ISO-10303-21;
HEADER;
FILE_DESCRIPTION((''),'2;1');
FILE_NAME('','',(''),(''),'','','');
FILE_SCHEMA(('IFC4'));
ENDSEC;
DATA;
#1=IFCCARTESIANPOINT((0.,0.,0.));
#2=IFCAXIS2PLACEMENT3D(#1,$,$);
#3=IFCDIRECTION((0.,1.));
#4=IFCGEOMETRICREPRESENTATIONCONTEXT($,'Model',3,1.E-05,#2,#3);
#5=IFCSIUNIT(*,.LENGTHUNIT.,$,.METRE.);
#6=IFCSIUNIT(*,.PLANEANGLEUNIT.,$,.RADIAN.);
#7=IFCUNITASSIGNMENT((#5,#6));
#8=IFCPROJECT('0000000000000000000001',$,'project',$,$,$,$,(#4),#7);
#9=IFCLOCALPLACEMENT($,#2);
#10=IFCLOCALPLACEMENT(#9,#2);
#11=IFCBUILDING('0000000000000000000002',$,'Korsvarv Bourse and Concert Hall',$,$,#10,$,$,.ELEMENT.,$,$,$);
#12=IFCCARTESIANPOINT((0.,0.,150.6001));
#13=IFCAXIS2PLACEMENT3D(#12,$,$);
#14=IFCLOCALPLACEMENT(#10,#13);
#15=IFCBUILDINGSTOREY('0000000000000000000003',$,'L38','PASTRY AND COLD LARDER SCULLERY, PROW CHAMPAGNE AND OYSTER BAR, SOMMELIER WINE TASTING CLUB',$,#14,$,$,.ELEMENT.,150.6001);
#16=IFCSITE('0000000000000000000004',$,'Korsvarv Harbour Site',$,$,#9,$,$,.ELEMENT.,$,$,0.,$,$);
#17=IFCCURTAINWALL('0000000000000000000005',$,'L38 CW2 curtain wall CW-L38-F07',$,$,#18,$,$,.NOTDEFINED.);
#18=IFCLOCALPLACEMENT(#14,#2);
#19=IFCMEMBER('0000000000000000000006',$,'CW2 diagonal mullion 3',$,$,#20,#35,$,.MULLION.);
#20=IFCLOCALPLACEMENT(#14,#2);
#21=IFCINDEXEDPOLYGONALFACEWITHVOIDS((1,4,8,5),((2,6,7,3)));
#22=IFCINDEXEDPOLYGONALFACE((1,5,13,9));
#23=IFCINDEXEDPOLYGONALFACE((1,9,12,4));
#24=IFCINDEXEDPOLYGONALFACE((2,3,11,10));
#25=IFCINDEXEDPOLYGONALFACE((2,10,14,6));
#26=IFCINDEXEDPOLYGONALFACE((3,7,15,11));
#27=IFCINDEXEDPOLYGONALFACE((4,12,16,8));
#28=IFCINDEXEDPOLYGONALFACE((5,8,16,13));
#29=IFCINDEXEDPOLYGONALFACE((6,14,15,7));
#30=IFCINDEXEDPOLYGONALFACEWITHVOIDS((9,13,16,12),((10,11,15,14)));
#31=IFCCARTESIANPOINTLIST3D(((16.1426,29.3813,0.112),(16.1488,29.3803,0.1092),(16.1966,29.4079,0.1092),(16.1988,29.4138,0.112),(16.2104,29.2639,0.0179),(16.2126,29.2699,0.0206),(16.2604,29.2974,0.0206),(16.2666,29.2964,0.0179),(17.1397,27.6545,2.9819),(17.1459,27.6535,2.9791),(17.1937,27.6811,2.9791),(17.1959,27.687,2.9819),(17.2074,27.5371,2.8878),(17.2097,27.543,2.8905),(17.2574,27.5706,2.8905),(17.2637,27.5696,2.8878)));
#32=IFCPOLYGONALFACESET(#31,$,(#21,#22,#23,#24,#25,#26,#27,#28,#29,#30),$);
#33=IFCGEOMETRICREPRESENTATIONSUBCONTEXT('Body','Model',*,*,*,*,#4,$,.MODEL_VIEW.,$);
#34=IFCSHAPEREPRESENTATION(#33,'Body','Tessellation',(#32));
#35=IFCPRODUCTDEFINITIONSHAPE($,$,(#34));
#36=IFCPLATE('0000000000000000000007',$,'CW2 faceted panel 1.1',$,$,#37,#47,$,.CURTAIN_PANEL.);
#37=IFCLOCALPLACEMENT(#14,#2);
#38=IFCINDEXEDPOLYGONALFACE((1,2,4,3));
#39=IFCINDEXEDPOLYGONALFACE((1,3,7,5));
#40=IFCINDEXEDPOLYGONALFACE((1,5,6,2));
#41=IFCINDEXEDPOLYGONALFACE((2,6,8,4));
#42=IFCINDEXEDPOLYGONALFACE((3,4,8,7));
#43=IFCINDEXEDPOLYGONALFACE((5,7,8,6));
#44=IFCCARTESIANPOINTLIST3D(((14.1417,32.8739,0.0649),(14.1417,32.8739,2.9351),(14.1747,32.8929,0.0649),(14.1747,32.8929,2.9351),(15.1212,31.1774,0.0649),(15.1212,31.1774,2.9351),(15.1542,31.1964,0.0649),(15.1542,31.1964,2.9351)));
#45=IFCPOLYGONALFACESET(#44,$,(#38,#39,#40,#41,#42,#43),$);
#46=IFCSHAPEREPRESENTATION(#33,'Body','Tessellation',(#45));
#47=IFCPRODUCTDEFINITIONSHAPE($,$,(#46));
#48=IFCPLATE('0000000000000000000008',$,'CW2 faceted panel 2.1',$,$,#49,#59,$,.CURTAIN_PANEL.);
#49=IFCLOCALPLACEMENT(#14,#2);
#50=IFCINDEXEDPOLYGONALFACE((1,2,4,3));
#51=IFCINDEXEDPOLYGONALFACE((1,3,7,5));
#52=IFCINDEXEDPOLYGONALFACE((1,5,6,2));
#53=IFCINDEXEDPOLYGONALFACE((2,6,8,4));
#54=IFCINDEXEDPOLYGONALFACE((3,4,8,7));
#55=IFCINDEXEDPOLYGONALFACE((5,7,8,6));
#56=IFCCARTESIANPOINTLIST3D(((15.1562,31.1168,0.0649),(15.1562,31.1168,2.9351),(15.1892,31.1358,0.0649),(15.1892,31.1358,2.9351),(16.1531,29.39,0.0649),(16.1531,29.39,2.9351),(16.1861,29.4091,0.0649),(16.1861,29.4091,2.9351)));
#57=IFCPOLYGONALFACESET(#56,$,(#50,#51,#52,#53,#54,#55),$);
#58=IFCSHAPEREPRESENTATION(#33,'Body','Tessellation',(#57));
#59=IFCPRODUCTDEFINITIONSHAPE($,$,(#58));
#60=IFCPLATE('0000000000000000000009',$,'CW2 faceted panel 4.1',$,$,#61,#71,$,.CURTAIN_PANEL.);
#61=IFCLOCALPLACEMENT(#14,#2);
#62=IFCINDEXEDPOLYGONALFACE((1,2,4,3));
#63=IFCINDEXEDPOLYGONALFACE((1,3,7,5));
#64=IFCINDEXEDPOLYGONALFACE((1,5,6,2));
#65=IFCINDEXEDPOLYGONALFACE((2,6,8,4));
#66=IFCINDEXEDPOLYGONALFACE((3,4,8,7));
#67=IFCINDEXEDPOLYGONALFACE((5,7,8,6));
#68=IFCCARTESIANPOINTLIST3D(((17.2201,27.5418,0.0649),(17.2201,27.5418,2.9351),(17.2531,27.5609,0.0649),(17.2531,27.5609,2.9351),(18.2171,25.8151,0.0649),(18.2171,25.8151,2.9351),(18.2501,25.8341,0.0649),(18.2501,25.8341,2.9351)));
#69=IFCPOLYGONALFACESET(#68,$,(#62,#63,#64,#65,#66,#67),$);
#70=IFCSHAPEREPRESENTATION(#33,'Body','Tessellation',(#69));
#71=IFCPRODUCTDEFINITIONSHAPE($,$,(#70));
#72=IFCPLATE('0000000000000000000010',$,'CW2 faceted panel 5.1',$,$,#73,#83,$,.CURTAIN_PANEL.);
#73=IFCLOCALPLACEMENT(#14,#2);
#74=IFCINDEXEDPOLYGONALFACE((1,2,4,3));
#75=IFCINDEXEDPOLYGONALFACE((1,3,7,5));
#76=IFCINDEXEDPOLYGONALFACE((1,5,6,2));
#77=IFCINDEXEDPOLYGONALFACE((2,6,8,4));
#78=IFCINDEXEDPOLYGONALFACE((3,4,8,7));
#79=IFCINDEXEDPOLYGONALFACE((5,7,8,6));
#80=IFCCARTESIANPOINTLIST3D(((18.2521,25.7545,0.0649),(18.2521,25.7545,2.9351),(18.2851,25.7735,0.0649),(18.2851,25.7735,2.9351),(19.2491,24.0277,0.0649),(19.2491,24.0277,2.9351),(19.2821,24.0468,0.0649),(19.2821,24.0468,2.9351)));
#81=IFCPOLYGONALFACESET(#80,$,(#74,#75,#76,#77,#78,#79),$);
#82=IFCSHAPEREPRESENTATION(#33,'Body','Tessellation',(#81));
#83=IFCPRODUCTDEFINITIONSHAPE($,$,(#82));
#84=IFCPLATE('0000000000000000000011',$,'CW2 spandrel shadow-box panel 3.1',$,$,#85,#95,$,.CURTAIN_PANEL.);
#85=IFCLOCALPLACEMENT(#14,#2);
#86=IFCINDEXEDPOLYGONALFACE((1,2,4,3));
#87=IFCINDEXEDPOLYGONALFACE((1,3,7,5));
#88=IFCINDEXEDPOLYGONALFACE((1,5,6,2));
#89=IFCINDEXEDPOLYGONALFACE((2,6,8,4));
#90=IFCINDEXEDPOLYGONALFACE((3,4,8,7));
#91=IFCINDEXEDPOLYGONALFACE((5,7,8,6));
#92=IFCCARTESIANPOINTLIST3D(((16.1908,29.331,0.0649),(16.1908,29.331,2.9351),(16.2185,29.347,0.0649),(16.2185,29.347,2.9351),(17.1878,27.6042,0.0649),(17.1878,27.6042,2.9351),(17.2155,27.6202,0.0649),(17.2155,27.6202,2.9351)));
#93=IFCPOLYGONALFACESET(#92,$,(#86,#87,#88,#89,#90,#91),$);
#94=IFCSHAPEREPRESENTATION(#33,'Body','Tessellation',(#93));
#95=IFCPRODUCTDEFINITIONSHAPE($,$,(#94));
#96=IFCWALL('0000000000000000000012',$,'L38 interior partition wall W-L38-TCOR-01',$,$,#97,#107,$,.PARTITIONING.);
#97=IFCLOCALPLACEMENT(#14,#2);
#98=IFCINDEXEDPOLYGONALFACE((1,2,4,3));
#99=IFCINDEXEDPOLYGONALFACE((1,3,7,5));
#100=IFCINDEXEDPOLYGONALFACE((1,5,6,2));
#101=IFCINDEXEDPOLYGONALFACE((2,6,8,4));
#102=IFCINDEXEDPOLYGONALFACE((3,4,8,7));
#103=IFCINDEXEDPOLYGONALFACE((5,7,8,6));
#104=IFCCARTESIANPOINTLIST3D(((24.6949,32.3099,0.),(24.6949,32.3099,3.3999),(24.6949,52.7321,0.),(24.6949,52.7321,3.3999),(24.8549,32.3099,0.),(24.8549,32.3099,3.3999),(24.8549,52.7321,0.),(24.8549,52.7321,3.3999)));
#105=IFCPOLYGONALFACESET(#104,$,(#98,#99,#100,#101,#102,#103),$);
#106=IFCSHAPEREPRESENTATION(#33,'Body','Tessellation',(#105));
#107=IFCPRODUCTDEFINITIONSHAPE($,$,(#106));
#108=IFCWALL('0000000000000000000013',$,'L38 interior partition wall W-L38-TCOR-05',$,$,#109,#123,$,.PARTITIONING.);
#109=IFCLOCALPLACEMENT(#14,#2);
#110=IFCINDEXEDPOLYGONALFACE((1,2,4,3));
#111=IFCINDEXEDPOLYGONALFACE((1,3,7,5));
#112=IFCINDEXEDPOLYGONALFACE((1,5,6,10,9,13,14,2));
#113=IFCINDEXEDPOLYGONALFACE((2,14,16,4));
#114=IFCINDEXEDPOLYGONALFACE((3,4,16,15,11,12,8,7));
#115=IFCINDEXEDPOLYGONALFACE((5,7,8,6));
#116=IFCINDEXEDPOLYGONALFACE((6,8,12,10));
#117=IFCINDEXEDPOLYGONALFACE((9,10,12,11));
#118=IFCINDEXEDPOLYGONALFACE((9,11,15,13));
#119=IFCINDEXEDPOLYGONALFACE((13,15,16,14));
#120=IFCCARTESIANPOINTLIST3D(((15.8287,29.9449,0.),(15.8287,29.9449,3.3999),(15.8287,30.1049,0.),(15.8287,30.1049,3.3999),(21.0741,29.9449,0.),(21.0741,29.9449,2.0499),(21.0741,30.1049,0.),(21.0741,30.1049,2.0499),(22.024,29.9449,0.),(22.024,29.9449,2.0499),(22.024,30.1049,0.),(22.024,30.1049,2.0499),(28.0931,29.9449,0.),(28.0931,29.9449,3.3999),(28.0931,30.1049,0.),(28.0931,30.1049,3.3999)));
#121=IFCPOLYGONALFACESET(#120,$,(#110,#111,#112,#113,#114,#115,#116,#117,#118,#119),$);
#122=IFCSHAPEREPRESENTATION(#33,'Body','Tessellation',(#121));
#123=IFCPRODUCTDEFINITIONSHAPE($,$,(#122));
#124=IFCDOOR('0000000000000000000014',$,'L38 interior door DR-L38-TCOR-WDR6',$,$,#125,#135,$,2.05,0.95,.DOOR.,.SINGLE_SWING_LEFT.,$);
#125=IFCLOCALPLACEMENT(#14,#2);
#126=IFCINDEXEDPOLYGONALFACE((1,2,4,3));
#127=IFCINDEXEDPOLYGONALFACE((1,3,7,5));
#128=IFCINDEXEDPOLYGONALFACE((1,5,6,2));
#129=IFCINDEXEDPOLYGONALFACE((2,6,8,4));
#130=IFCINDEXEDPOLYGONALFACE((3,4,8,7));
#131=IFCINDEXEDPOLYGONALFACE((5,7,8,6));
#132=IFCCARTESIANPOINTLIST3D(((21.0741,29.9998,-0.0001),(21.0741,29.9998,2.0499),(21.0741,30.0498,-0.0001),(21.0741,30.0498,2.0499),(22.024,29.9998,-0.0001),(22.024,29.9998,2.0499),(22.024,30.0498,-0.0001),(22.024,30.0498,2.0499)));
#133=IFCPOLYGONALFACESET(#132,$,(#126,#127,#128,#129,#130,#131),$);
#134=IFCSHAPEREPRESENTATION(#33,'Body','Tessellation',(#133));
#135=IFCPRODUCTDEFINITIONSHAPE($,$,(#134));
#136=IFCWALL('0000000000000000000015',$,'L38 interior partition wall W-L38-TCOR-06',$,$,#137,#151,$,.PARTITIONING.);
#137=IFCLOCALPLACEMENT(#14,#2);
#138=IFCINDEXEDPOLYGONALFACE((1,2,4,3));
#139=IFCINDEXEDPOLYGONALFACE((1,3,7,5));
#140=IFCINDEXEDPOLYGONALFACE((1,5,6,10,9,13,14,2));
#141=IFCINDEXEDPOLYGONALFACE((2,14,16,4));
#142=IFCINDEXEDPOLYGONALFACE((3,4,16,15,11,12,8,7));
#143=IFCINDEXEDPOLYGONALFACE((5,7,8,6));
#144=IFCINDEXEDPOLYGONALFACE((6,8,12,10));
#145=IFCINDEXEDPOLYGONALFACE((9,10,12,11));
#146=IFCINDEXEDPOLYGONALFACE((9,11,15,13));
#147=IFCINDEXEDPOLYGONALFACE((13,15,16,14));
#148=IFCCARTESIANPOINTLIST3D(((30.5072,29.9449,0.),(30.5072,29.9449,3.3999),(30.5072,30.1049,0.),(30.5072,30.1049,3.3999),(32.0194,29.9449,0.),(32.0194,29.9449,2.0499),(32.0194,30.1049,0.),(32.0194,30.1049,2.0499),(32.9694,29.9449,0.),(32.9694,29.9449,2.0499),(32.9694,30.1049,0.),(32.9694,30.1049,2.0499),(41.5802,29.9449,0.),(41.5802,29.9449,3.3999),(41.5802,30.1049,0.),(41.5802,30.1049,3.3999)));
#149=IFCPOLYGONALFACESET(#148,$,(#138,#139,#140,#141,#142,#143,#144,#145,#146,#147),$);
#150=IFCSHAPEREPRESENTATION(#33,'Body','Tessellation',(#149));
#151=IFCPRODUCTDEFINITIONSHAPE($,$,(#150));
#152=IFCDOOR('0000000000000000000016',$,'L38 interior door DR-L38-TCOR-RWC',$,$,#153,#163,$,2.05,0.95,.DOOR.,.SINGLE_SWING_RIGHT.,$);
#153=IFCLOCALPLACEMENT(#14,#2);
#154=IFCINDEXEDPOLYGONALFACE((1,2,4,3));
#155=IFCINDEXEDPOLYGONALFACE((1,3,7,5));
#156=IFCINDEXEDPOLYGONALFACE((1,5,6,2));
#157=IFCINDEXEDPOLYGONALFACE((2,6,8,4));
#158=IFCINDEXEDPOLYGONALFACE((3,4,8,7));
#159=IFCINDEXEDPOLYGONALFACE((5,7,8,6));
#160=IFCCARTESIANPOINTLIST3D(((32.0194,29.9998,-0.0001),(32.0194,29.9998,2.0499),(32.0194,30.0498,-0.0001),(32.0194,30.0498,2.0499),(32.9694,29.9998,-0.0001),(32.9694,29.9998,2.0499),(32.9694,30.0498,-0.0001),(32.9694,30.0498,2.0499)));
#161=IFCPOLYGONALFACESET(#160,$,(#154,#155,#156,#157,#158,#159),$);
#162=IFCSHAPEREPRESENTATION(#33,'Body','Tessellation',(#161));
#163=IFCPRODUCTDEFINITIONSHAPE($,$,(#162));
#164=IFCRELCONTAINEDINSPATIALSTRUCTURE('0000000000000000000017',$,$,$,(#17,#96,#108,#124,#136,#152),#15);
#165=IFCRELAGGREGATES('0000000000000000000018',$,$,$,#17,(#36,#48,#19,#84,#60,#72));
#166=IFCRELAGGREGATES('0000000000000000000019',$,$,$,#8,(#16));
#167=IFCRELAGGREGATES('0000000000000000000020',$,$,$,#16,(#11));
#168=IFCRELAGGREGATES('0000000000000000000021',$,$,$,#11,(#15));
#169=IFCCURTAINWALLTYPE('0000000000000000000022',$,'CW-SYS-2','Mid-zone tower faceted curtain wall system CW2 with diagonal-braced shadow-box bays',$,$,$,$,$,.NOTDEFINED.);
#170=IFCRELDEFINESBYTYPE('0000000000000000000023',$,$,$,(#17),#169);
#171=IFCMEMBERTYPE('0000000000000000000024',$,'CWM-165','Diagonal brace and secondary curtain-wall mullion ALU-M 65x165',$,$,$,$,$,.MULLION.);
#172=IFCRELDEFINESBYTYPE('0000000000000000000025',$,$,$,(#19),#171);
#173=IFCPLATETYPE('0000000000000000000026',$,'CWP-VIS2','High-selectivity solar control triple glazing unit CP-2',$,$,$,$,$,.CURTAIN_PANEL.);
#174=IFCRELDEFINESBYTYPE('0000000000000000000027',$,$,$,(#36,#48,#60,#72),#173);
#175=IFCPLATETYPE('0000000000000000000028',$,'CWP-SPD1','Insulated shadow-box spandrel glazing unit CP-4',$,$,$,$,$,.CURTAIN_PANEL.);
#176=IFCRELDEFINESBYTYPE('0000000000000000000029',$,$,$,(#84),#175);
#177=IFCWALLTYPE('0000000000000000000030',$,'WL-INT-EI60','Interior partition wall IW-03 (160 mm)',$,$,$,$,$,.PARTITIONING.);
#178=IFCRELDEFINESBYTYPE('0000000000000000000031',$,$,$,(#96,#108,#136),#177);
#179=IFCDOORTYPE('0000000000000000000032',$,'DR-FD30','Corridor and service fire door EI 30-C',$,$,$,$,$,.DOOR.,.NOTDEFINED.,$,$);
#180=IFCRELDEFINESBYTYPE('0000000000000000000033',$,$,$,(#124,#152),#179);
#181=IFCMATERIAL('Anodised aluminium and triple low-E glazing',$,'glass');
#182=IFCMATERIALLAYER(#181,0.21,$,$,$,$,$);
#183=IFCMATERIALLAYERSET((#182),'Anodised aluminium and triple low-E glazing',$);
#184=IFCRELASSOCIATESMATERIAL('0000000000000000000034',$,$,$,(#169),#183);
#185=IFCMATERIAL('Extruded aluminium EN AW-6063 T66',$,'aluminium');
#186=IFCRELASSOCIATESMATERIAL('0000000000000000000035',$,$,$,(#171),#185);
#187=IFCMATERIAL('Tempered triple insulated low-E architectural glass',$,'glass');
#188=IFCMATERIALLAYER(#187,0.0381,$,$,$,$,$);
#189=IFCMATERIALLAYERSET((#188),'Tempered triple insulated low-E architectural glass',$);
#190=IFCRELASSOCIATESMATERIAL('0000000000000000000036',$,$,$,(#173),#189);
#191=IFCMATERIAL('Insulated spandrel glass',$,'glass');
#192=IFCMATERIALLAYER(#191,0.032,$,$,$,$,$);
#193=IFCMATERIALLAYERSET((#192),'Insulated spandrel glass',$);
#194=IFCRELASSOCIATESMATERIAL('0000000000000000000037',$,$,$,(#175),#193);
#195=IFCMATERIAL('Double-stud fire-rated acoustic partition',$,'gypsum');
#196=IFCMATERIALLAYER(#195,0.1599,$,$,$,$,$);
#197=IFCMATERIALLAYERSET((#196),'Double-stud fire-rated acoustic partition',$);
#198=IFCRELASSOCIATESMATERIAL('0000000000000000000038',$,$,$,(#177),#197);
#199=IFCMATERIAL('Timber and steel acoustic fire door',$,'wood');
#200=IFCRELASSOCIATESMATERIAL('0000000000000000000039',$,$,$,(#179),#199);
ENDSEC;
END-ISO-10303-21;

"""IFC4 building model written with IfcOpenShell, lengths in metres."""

from ifc_helpers import new_model, si_unit, direction, frame, frame_2d, origin, origin_2d, place, context, subcontext, project, spatial, rectangle, hollow_rectangle, extrude, source, transform, mapped, material, layer, layer_set, material_profile, profile_set, type_object, element, fill, aggregate, save


model = new_model("IFC4")

# Units and contexts
model_context = context("Model", 3, precision=1e-05, world=origin(), true_north=direction((0.0, 1.0)))
body_context = subcontext(model_context, "Body", "Model", "MODEL_VIEW")
ifc_project = project(units=[si_unit("LENGTHUNIT", "METRE"), si_unit("PLANEANGLEUNIT", "RADIAN")], contexts=[model_context])

# Site, building, storey
site_placement = place(None, origin())
site = spatial("IfcSite", under=ifc_project, at=site_placement, Name="Korsvarv Harbour Site", CompositionType="ELEMENT", RefElevation=0.0)
building_placement = place(site_placement, origin())
building = spatial("IfcBuilding", under=site, at=building_placement, Name="Korsvarv Bourse and Concert Hall", CompositionType="ELEMENT")
storey_placement = place(building_placement, frame((0.0, 0.0, 150.6001)))
storey = spatial("IfcBuildingStorey", under=building, at=storey_placement, Name="L38", Description="PASTRY AND COLD LARDER SCULLERY, PROW CHAMPAGNE AND OYSTER BAR, SOMMELIER WINE TASTING CLUB", CompositionType="ELEMENT", Elevation=150.6001)

# Curtain wall, member, plates
ifc_material_1 = material(Name="Anodised aluminium and triple low-E glazing", Category="glass")
ifc_layer_1 = layer(ifc_material_1, 0.21)
ifc_layer_set_1 = layer_set([ifc_layer_1], Name="Anodised aluminium and triple low-E glazing")
curtain_wall_type = type_object("IfcCurtainWallType", Name="CW-SYS-2", Description="Mid-zone tower faceted curtain wall system CW2 with diagonal-braced shadow-box bays", PredefinedType="NOTDEFINED", material=ifc_layer_set_1)
curtain_wall_placement = place(storey_placement, origin())
curtain_wall = element("IfcCurtainWall", 1, at=curtain_wall_placement, inside=storey, type_object=curtain_wall_type, Name="L38 CW2 curtain wall CW-L38-F07", PredefinedType="NOTDEFINED")
ifc_material_2 = material(Name="Extruded aluminium EN AW-6063 T66", Category="aluminium")
ifc_material_profile_1 = material_profile(ifc_material_2, hollow_rectangle(XDim=0.0649, YDim=0.165, WallThickness=0.0049, at=origin_2d()), Name="ALU-M 65x165")
ifc_profile_set_1 = profile_set([ifc_material_profile_1], Name="Extruded aluminium EN AW-6063 T66")
member_type_1 = type_object("IfcMemberType", Name="CWM-165", Description="Diagonal brace and secondary curtain-wall mullion ALU-M 65x165", PredefinedType="MULLION", material=ifc_profile_set_1)
shared_shape_1 = source(origin(), body_context, "Body", "SweptSolid", [
    extrude(hollow_rectangle(XDim=0.0649, YDim=0.165, WallThickness=0.0049, at=origin_2d()), origin(), (0.0, 0.0, 1.0), 3.4946),
])
member_1_placement = place(storey_placement, frame((16.2046, 29.3389, 0.0649), z_axis=(0.285318, -0.494137, 0.821232), x_axis=(0.866004, 0.500037, 0.0)))
member_1 = element("IfcMember", 2, at=member_1_placement, type_object=member_type_1, Name="CW2 diagonal mullion 3", PredefinedType="MULLION", context=body_context, shape_type="MappedRepresentation", body=[
    mapped(shared_shape_1, transform((0.0, 0.0, 0.0), scale=1.0)),
])
ifc_material_3 = material(Name="Tempered triple insulated low-E architectural glass", Category="glass")
ifc_layer_2 = layer(ifc_material_3, 0.0381)
ifc_layer_set_2 = layer_set([ifc_layer_2], Name="Tempered triple insulated low-E architectural glass")
plate_type_1 = type_object("IfcPlateType", Name="CWP-VIS2", Description="High-selectivity solar control triple glazing unit CP-2", PredefinedType="CURTAIN_PANEL", material=ifc_layer_set_2)
shared_shape_2 = source(origin(), body_context, "Body", "SweptSolid", [
    extrude(rectangle(XDim=1.959, YDim=0.0381, at=origin_2d()), origin(), (0.0, 0.0, 1.0), 2.8701),
])
plate_1_placement = place(storey_placement, frame((14.6479, 32.0352, 0.0649), z_axis=(0.0, 0.0, 1.0), x_axis=(0.500006, -0.866022, 0.0)))
plate_1 = element("IfcPlate", 3, at=plate_1_placement, type_object=plate_type_1, Name="CW2 faceted panel 1.1", PredefinedType="CURTAIN_PANEL", context=body_context, shape_type="MappedRepresentation", body=[
    mapped(shared_shape_2, transform((0.0, 0.0, 0.0), scale=1.0)),
])
shared_shape_3 = source(origin(), body_context, "Body", "SweptSolid", [
    extrude(rectangle(XDim=1.9939, YDim=0.0381, at=origin_2d()), origin(), (0.0, 0.0, 1.0), 2.8701),
])
plate_2_placement = place(storey_placement, frame((15.6711, 30.2629, 0.0649), z_axis=(0.0, 0.0, 1.0), x_axis=(0.500006, -0.866022, 0.0)))
plate_2 = element("IfcPlate", 4, at=plate_2_placement, type_object=plate_type_1, Name="CW2 faceted panel 2.1", PredefinedType="CURTAIN_PANEL", context=body_context, shape_type="MappedRepresentation", body=[
    mapped(shared_shape_3, transform((0.0, 0.0, 0.0), scale=1.0)),
])
plate_3_placement = place(storey_placement, frame((17.7351, 26.688, 0.0649), z_axis=(0.0, 0.0, 1.0), x_axis=(0.500006, -0.866022, 0.0)))
plate_3 = element("IfcPlate", 5, at=plate_3_placement, type_object=plate_type_1, Name="CW2 faceted panel 4.1", PredefinedType="CURTAIN_PANEL", context=body_context, shape_type="MappedRepresentation", body=[
    mapped(shared_shape_3, transform((0.0, 0.0, 0.0), scale=1.0)),
])
plate_4_placement = place(storey_placement, frame((18.7671, 24.9006, 0.0649), z_axis=(0.0, 0.0, 1.0), x_axis=(0.500006, -0.866022, 0.0)))
plate_4 = element("IfcPlate", 6, at=plate_4_placement, type_object=plate_type_1, Name="CW2 faceted panel 5.1", PredefinedType="CURTAIN_PANEL", context=body_context, shape_type="MappedRepresentation", body=[
    mapped(shared_shape_3, transform((0.0, 0.0, 0.0), scale=1.0)),
])
ifc_material_4 = material(Name="Insulated spandrel glass", Category="glass")
ifc_layer_3 = layer(ifc_material_4, 0.032)
ifc_layer_set_3 = layer_set([ifc_layer_3], Name="Insulated spandrel glass")
plate_type_2 = type_object("IfcPlateType", Name="CWP-SPD1", Description="Insulated shadow-box spandrel glazing unit CP-4", PredefinedType="CURTAIN_PANEL", material=ifc_layer_set_3)
shared_shape_4 = source(origin(), body_context, "Body", "SweptSolid", [
    extrude(rectangle(XDim=1.9939, YDim=0.032, at=origin_2d()), origin(), (0.0, 0.0, 1.0), 2.8701),
])
plate_5_placement = place(storey_placement, frame((16.7031, 28.4756, 0.0649), z_axis=(0.0, 0.0, 1.0), x_axis=(0.500006, -0.866022, 0.0)))
plate_5 = element("IfcPlate", 7, at=plate_5_placement, type_object=plate_type_2, Name="CW2 spandrel shadow-box panel 3.1", PredefinedType="CURTAIN_PANEL", context=body_context, shape_type="MappedRepresentation", body=[
    mapped(shared_shape_4, transform((0.0, 0.0, 0.0), scale=1.0)),
])
aggregate(curtain_wall, [plate_1, plate_2, member_1, plate_5, plate_3, plate_4])

# Wall
ifc_material_5 = material(Name="Double-stud fire-rated acoustic partition", Category="gypsum")
ifc_layer_4 = layer(ifc_material_5, 0.1599)
ifc_layer_set_4 = layer_set([ifc_layer_4], Name="Double-stud fire-rated acoustic partition")
wall_type_1 = type_object("IfcWallType", Name="WL-INT-EI60", Description="Interior partition wall IW-03 (160 mm)", PredefinedType="PARTITIONING", material=ifc_layer_set_4)
wall_1_placement = place(storey_placement, frame((24.7749, 32.3101, 0.0), z_axis=(0.0, 0.0, 1.0), x_axis=(0.0, 1.0, 0.0)))
element("IfcWall", 8, at=wall_1_placement, inside=storey, type_object=wall_type_1, Name="L38 interior partition wall W-L38-TCOR-01", PredefinedType="PARTITIONING", context=body_context, shape_type="SweptSolid", body=[
    extrude(rectangle(XDim=20.4221, YDim=0.1599, at=frame_2d((10.2109, 0.0))), origin(), (0.0, 0.0, 1.0), 3.3999),
])

# Walls, openings, doors
wall_2_placement = place(storey_placement, frame((15.8286, 30.0249, 0.0), z_axis=(0.0, 0.0, 1.0), x_axis=(1.0, 0.0, 0.0)))
wall_2 = element("IfcWall", 9, at=wall_2_placement, inside=storey, type_object=wall_type_1, Name="L38 interior partition wall W-L38-TCOR-05", PredefinedType="PARTITIONING", context=body_context, shape_type="SweptSolid", body=[
    extrude(rectangle(XDim=12.2644, YDim=0.1599, at=frame_2d((6.1323, 0.0))), origin(), (0.0, 0.0, 1.0), 3.3999),
])
opening_1_placement = place(wall_2_placement, frame((5.2454, 0.0, 0.0)))
opening_1 = element("IfcOpeningElement", 10, at=opening_1_placement, cuts=wall_2, PredefinedType="OPENING", context=body_context, shape_type="SweptSolid", body=[
    extrude(rectangle(XDim=0.95, YDim=2.05, at=frame_2d((0.4751, 1.0249))), frame((0.0, 0.0898, 0.0), z_axis=(0.0, -1.0, 0.0), x_axis=(1.0, 0.0, 0.0)), (0.0, 0.0, 1.0), 0.1799),
])
ifc_material_6 = material(Name="Timber and steel acoustic fire door", Category="wood")
door_type = type_object("IfcDoorType", Name="DR-FD30", Description="Corridor and service fire door EI 30-C", OperationType="NOTDEFINED", PredefinedType="DOOR", material=ifc_material_6)
door_1_placement = place(opening_1_placement, origin())
door_1 = element("IfcDoor", 11, at=door_1_placement, inside=storey, type_object=door_type, Name="L38 interior door DR-L38-TCOR-WDR6", OperationType="SINGLE_SWING_LEFT", OverallHeight=2.05, OverallWidth=0.95, PredefinedType="DOOR", context=body_context, shape_type="SweptSolid", body=[
    extrude(rectangle(XDim=0.95, YDim=2.05, at=frame_2d((0.4751, 1.0249))), frame((0.0, 0.0249, 0.0), z_axis=(0.0, -1.0, 0.0), x_axis=(1.0, 0.0, 0.0)), (0.0, 0.0, 1.0), 0.05),
])
fill(opening_1, door_1)
wall_3_placement = place(storey_placement, frame((30.5071, 30.0249, 0.0), z_axis=(0.0, 0.0, 1.0), x_axis=(1.0, 0.0, 0.0)))
wall_3 = element("IfcWall", 12, at=wall_3_placement, inside=storey, type_object=wall_type_1, Name="L38 interior partition wall W-L38-TCOR-06", PredefinedType="PARTITIONING", context=body_context, shape_type="SweptSolid", body=[
    extrude(rectangle(XDim=11.073, YDim=0.1599, at=frame_2d((5.5366, 0.0))), origin(), (0.0, 0.0, 1.0), 3.3999),
])
opening_2_placement = place(wall_3_placement, frame((1.5122, 0.0, 0.0)))
opening_2 = element("IfcOpeningElement", 13, at=opening_2_placement, cuts=wall_3, PredefinedType="OPENING", context=body_context, shape_type="SweptSolid", body=[
    extrude(rectangle(XDim=0.95, YDim=2.05, at=frame_2d((0.4751, 1.0249))), frame((0.0, 0.0898, 0.0), z_axis=(0.0, -1.0, 0.0), x_axis=(1.0, 0.0, 0.0)), (0.0, 0.0, 1.0), 0.1799),
])
door_2_placement = place(opening_2_placement, origin())
door_2 = element("IfcDoor", 14, at=door_2_placement, inside=storey, type_object=door_type, Name="L38 interior door DR-L38-TCOR-RWC", OperationType="SINGLE_SWING_RIGHT", OverallHeight=2.05, OverallWidth=0.95, PredefinedType="DOOR", context=body_context, shape_type="SweptSolid", body=[
    extrude(rectangle(XDim=0.95, YDim=2.05, at=frame_2d((0.4751, 1.0249))), frame((0.0, 0.0249, 0.0), z_axis=(0.0, -1.0, 0.0), x_axis=(1.0, 0.0, 0.0)), (0.0, 0.0, 1.0), 0.05),
])
fill(opening_2, door_2)

save(model, "model.ifc")
